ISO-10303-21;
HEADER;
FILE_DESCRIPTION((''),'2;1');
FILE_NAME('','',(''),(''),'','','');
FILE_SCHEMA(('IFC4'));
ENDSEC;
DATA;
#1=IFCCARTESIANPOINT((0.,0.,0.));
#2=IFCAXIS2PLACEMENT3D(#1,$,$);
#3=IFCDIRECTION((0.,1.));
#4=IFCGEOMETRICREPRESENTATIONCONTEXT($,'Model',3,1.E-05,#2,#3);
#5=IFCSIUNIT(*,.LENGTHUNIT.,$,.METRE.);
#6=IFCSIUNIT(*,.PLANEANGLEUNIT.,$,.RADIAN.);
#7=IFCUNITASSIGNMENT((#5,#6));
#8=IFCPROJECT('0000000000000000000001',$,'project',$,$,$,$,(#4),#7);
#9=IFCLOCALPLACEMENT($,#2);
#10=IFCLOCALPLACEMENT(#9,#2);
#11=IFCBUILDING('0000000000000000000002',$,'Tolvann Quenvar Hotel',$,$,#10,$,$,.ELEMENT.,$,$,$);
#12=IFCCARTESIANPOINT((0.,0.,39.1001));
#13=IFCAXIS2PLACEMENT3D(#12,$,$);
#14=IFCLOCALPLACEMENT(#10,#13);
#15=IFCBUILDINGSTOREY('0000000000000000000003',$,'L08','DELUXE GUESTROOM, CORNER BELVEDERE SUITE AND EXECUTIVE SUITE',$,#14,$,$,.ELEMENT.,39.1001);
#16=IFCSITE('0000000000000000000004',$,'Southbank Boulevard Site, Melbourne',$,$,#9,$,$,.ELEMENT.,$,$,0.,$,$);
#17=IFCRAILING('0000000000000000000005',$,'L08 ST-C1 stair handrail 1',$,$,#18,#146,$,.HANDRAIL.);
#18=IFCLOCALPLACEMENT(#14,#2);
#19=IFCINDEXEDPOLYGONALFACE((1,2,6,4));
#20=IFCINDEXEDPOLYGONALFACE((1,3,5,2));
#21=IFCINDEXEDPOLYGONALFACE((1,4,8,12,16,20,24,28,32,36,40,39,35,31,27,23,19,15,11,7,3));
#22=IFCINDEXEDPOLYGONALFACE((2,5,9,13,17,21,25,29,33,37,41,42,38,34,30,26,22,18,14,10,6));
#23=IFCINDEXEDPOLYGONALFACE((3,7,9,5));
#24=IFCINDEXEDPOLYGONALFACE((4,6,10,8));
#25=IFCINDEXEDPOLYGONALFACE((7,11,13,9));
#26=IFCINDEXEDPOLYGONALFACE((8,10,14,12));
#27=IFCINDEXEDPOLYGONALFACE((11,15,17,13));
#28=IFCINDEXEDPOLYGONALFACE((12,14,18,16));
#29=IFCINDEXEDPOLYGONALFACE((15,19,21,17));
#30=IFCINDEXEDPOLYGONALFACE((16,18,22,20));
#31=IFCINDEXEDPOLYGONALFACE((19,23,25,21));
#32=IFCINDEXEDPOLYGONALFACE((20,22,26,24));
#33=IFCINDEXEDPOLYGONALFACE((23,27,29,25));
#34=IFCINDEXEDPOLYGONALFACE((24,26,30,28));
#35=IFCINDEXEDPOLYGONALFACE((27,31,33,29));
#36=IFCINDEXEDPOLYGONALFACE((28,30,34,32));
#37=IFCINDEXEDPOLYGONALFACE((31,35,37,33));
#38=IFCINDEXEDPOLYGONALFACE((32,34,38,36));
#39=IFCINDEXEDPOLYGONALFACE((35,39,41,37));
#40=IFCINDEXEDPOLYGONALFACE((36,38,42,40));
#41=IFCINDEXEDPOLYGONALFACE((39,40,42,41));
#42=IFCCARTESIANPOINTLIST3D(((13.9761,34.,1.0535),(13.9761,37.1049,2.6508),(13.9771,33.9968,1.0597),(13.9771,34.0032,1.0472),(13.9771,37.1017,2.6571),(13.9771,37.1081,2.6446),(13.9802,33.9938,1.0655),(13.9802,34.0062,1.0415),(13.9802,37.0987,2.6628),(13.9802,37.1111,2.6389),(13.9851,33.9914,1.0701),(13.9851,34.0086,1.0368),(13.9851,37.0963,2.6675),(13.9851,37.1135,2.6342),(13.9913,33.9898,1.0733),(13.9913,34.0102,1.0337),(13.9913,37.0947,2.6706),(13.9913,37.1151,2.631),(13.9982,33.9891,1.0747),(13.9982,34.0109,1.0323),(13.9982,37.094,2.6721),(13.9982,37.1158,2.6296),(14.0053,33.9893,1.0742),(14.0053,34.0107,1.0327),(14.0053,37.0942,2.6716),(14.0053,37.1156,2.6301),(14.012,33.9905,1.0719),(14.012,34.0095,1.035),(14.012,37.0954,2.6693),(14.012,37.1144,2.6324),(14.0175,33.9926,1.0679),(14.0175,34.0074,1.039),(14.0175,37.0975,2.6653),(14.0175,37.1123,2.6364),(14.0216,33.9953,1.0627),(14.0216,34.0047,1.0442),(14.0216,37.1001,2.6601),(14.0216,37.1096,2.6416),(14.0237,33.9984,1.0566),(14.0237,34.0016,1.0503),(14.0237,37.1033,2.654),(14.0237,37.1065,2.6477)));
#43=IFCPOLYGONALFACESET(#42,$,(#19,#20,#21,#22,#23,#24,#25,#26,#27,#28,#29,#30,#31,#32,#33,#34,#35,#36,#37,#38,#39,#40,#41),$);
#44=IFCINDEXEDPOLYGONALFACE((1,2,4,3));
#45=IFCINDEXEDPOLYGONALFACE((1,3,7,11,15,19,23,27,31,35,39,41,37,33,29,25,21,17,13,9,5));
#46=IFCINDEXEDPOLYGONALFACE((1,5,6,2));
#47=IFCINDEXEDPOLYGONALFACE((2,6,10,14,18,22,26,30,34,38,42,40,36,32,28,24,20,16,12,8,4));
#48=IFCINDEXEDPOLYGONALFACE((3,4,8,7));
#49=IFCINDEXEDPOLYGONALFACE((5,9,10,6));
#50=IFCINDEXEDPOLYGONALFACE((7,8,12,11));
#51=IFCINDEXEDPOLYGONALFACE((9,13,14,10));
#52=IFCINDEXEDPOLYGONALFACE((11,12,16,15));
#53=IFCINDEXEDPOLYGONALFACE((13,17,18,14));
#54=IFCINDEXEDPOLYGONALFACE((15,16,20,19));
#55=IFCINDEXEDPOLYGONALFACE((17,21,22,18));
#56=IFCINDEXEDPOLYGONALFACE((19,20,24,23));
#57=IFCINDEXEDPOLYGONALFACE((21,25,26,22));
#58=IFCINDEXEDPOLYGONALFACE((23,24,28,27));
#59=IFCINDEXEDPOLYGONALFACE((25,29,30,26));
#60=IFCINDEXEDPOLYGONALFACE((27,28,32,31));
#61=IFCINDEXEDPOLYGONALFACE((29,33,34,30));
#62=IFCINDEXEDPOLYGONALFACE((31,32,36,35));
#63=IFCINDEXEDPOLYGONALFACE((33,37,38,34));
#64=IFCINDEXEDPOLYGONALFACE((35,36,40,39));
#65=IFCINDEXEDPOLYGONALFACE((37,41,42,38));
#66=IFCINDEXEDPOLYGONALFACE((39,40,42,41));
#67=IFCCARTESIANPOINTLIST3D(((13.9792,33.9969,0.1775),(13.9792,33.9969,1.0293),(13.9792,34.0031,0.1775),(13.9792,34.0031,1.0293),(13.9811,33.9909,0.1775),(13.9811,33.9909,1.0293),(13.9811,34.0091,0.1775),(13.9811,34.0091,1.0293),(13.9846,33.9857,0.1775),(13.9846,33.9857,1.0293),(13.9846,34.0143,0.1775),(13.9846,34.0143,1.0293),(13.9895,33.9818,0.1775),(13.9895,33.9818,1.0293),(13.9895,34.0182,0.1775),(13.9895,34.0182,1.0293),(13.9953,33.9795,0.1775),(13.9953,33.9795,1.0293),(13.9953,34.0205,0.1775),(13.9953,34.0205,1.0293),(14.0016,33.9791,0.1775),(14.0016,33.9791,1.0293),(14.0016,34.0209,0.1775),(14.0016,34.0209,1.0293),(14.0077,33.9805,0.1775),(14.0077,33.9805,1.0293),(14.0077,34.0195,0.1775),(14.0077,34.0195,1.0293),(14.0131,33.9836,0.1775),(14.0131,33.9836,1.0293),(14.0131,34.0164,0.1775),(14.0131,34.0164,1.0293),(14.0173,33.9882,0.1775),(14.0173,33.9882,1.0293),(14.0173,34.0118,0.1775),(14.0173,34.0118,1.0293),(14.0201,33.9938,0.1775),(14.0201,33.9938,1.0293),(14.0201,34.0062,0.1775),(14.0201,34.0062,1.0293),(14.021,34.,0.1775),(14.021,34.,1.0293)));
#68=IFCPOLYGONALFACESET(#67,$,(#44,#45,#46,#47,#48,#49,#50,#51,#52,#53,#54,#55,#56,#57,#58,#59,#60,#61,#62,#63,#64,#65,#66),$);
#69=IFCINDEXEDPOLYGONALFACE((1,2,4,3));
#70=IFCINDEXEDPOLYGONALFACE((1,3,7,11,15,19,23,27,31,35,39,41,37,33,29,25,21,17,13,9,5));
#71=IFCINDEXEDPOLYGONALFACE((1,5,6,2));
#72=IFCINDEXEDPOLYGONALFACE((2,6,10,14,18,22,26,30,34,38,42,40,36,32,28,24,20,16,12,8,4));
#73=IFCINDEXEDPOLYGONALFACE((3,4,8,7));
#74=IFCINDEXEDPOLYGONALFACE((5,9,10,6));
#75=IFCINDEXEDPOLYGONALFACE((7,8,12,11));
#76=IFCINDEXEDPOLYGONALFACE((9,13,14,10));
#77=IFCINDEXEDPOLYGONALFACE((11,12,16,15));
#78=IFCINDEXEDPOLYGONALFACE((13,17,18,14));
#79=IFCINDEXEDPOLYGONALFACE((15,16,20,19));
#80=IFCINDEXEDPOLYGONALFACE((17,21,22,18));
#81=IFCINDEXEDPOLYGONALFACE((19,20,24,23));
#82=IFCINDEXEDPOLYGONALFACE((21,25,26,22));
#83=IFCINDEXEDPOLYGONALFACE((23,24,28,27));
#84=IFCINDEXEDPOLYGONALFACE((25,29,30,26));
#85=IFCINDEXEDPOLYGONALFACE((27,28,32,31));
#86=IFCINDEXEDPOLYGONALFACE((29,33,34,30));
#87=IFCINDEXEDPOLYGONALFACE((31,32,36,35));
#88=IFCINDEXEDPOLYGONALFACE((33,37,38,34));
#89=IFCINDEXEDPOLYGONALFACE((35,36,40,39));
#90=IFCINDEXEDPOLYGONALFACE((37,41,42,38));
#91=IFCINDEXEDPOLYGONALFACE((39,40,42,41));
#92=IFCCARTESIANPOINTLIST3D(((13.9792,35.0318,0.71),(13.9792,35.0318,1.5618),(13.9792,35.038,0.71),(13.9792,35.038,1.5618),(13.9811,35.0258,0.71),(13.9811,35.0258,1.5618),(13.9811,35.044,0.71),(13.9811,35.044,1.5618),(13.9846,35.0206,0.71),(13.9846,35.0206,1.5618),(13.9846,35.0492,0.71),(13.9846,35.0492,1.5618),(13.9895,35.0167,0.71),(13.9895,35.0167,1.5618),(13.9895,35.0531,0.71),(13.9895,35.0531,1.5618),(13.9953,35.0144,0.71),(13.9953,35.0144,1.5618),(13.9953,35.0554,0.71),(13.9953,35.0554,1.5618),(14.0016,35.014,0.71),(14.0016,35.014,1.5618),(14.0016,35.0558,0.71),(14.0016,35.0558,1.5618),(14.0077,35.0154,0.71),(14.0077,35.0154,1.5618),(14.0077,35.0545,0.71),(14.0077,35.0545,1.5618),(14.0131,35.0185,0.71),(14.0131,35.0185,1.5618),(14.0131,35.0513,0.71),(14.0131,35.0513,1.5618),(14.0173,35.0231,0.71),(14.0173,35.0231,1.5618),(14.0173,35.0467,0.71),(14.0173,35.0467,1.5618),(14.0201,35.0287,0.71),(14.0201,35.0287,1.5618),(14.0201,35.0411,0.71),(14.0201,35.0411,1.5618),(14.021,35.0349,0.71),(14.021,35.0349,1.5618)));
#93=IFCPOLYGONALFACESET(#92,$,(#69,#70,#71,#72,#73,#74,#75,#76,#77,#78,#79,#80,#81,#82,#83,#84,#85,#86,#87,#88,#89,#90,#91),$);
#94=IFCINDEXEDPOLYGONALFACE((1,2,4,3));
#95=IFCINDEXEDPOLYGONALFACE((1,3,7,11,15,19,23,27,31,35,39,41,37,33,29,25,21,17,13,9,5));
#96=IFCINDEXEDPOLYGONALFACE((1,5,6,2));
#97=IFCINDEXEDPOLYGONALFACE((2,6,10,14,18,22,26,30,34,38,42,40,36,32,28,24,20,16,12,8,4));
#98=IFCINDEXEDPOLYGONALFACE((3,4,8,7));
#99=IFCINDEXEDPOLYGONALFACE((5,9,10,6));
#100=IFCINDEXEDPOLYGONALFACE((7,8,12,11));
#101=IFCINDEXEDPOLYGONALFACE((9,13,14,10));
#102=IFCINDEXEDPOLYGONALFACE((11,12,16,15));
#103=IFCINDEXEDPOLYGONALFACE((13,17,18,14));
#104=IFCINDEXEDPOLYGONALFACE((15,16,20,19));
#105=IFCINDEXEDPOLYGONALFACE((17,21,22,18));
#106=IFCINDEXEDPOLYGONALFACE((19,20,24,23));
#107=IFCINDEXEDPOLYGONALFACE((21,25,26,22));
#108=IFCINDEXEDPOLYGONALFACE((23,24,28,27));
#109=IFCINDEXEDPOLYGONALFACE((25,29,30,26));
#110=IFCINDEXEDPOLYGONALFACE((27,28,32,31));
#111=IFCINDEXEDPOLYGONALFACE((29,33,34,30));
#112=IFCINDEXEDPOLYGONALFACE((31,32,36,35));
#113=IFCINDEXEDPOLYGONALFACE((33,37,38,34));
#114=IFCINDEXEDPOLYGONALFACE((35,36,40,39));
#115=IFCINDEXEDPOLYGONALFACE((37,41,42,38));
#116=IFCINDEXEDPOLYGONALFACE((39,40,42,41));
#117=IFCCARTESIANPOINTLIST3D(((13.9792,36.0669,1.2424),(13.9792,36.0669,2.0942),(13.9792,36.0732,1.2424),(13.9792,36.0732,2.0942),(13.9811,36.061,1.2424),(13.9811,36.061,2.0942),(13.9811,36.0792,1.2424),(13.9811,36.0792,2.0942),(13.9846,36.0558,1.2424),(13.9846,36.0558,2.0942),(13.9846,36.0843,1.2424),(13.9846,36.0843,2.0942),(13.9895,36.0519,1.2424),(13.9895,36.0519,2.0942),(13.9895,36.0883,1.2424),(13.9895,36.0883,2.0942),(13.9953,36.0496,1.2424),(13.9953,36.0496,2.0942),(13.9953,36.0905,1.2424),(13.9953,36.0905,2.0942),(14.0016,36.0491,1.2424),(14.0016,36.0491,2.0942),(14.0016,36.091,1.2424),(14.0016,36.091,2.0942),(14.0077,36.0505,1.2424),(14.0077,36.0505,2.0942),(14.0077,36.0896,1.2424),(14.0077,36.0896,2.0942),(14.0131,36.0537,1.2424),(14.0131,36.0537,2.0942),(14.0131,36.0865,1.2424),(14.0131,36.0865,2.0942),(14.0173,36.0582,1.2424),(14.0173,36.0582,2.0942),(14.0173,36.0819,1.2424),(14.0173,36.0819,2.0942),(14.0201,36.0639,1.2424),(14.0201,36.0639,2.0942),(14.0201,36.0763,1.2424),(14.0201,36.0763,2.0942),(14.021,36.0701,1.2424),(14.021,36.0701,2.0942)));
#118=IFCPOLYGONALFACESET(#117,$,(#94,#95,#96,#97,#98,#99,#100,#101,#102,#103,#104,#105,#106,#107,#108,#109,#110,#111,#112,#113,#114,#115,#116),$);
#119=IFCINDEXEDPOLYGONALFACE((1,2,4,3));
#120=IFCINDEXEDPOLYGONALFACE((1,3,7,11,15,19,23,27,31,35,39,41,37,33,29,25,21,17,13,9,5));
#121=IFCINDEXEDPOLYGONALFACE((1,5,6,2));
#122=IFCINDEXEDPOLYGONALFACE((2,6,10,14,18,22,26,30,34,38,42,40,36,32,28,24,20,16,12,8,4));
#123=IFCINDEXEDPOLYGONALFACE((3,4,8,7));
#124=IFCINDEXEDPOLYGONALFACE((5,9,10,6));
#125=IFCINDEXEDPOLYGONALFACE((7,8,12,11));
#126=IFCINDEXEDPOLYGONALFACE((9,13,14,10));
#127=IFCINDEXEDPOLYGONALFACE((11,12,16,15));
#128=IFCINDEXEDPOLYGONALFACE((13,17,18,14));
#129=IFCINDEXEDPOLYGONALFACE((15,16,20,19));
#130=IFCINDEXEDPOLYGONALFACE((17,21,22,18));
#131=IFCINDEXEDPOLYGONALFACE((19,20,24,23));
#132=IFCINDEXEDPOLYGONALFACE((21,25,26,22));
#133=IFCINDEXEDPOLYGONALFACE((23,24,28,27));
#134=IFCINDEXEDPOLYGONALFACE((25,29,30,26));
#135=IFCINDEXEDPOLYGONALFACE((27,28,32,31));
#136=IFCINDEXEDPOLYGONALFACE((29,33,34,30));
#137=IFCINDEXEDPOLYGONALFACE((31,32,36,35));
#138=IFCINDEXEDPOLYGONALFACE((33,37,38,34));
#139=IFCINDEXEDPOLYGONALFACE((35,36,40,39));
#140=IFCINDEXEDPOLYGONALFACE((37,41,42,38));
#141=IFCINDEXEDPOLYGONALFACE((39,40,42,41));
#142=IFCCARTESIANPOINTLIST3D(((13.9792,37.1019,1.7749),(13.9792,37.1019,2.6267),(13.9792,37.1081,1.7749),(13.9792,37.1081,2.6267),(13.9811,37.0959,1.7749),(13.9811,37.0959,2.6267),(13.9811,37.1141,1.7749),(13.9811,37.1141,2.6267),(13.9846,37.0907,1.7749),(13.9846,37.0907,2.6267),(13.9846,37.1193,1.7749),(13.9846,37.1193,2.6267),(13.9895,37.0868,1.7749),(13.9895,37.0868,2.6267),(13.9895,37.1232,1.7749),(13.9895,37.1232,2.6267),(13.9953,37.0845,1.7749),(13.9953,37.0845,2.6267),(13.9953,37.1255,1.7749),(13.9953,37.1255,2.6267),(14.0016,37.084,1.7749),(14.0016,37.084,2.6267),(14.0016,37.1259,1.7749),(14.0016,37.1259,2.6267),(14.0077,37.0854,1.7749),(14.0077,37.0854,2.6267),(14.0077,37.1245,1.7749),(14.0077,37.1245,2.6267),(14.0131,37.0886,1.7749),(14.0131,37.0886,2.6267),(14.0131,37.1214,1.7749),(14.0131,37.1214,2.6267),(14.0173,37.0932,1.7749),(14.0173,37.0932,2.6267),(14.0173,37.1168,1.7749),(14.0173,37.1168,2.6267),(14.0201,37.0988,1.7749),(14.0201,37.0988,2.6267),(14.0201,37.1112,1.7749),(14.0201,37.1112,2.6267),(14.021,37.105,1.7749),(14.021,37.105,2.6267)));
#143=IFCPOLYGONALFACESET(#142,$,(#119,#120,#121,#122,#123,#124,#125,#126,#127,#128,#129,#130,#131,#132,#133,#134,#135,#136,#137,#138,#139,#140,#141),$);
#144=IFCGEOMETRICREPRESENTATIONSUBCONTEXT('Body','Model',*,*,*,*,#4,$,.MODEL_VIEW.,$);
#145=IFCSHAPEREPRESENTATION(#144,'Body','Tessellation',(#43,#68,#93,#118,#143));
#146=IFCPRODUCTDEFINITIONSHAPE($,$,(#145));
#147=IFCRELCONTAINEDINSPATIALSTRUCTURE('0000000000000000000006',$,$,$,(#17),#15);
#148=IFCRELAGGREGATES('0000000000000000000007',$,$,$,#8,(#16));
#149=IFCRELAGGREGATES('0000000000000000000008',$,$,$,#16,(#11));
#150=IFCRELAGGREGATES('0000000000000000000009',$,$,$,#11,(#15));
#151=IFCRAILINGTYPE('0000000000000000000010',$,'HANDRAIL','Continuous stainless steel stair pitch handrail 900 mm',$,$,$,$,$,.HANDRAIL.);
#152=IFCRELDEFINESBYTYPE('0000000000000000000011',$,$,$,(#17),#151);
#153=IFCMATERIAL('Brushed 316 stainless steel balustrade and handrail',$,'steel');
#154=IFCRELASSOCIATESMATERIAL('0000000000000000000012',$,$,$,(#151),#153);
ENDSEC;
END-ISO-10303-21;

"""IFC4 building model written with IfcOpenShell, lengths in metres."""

from ifc_helpers import new_model, si_unit, direction, frame, origin, origin_2d, place, context, subcontext, project, spatial, circle, extrude, material, type_object, element, save


model = new_model("IFC4")

# Units and contexts
model_context = context("Model", 3, precision=1e-05, world=origin(), true_north=direction((0.0, 1.0)))
body_context = subcontext(model_context, "Body", "Model", "MODEL_VIEW")
ifc_project = project(units=[si_unit("LENGTHUNIT", "METRE"), si_unit("PLANEANGLEUNIT", "RADIAN")], contexts=[model_context])

# Site, building, storey
site_placement = place(None, origin())
site = spatial("IfcSite", under=ifc_project, at=site_placement, Name="Southbank Boulevard Site, Melbourne", CompositionType="ELEMENT", RefElevation=0.0)
building_placement = place(site_placement, origin())
building = spatial("IfcBuilding", under=site, at=building_placement, Name="Tolvann Quenvar Hotel", CompositionType="ELEMENT")
storey_placement = place(building_placement, frame((0.0, 0.0, 39.1001)))
storey = spatial("IfcBuildingStorey", under=building, at=storey_placement, Name="L08", Description="DELUXE GUESTROOM, CORNER BELVEDERE SUITE AND EXECUTIVE SUITE", CompositionType="ELEMENT", Elevation=39.1001)

# Railing
ifc_material_1 = material(Name="Brushed 316 stainless steel balustrade and handrail", Category="steel")
railing_type_1 = type_object("IfcRailingType", Name="HANDRAIL", Description="Continuous stainless steel stair pitch handrail 900 mm", PredefinedType="HANDRAIL", material=ifc_material_1)
railing_1_placement = place(storey_placement, frame((14.0, 34.0, 0.1775)))
element("IfcRailing", 1, at=railing_1_placement, inside=storey, type_object=railing_type_1, Name="L08 ST-C1 stair handrail 1", PredefinedType="HANDRAIL", context=body_context, shape_type="SweptSolid", body=[
    extrude(circle(Radius=0.0239, at=origin_2d()), frame((0.0, 0.0, 0.876), z_axis=(0.0, 0.889222, 0.457476), x_axis=(-1.0, 0.0, 0.0)), (0.0, 0.0, 1.0), 3.4917),
    extrude(circle(Radius=0.021, at=origin_2d()), origin(), (0.0, 0.0, 1.0), 0.8518),
    extrude(circle(Radius=0.021, at=origin_2d()), frame((0.0, 1.0349, 0.5325)), (0.0, 0.0, 1.0), 0.8518),
    extrude(circle(Radius=0.021, at=origin_2d()), frame((0.0, 2.0701, 1.0649)), (0.0, 0.0, 1.0), 0.8518),
    extrude(circle(Radius=0.021, at=origin_2d()), frame((0.0, 3.105, 1.5974)), (0.0, 0.0, 1.0), 0.8518),
])

save(model, "model.ifc")
